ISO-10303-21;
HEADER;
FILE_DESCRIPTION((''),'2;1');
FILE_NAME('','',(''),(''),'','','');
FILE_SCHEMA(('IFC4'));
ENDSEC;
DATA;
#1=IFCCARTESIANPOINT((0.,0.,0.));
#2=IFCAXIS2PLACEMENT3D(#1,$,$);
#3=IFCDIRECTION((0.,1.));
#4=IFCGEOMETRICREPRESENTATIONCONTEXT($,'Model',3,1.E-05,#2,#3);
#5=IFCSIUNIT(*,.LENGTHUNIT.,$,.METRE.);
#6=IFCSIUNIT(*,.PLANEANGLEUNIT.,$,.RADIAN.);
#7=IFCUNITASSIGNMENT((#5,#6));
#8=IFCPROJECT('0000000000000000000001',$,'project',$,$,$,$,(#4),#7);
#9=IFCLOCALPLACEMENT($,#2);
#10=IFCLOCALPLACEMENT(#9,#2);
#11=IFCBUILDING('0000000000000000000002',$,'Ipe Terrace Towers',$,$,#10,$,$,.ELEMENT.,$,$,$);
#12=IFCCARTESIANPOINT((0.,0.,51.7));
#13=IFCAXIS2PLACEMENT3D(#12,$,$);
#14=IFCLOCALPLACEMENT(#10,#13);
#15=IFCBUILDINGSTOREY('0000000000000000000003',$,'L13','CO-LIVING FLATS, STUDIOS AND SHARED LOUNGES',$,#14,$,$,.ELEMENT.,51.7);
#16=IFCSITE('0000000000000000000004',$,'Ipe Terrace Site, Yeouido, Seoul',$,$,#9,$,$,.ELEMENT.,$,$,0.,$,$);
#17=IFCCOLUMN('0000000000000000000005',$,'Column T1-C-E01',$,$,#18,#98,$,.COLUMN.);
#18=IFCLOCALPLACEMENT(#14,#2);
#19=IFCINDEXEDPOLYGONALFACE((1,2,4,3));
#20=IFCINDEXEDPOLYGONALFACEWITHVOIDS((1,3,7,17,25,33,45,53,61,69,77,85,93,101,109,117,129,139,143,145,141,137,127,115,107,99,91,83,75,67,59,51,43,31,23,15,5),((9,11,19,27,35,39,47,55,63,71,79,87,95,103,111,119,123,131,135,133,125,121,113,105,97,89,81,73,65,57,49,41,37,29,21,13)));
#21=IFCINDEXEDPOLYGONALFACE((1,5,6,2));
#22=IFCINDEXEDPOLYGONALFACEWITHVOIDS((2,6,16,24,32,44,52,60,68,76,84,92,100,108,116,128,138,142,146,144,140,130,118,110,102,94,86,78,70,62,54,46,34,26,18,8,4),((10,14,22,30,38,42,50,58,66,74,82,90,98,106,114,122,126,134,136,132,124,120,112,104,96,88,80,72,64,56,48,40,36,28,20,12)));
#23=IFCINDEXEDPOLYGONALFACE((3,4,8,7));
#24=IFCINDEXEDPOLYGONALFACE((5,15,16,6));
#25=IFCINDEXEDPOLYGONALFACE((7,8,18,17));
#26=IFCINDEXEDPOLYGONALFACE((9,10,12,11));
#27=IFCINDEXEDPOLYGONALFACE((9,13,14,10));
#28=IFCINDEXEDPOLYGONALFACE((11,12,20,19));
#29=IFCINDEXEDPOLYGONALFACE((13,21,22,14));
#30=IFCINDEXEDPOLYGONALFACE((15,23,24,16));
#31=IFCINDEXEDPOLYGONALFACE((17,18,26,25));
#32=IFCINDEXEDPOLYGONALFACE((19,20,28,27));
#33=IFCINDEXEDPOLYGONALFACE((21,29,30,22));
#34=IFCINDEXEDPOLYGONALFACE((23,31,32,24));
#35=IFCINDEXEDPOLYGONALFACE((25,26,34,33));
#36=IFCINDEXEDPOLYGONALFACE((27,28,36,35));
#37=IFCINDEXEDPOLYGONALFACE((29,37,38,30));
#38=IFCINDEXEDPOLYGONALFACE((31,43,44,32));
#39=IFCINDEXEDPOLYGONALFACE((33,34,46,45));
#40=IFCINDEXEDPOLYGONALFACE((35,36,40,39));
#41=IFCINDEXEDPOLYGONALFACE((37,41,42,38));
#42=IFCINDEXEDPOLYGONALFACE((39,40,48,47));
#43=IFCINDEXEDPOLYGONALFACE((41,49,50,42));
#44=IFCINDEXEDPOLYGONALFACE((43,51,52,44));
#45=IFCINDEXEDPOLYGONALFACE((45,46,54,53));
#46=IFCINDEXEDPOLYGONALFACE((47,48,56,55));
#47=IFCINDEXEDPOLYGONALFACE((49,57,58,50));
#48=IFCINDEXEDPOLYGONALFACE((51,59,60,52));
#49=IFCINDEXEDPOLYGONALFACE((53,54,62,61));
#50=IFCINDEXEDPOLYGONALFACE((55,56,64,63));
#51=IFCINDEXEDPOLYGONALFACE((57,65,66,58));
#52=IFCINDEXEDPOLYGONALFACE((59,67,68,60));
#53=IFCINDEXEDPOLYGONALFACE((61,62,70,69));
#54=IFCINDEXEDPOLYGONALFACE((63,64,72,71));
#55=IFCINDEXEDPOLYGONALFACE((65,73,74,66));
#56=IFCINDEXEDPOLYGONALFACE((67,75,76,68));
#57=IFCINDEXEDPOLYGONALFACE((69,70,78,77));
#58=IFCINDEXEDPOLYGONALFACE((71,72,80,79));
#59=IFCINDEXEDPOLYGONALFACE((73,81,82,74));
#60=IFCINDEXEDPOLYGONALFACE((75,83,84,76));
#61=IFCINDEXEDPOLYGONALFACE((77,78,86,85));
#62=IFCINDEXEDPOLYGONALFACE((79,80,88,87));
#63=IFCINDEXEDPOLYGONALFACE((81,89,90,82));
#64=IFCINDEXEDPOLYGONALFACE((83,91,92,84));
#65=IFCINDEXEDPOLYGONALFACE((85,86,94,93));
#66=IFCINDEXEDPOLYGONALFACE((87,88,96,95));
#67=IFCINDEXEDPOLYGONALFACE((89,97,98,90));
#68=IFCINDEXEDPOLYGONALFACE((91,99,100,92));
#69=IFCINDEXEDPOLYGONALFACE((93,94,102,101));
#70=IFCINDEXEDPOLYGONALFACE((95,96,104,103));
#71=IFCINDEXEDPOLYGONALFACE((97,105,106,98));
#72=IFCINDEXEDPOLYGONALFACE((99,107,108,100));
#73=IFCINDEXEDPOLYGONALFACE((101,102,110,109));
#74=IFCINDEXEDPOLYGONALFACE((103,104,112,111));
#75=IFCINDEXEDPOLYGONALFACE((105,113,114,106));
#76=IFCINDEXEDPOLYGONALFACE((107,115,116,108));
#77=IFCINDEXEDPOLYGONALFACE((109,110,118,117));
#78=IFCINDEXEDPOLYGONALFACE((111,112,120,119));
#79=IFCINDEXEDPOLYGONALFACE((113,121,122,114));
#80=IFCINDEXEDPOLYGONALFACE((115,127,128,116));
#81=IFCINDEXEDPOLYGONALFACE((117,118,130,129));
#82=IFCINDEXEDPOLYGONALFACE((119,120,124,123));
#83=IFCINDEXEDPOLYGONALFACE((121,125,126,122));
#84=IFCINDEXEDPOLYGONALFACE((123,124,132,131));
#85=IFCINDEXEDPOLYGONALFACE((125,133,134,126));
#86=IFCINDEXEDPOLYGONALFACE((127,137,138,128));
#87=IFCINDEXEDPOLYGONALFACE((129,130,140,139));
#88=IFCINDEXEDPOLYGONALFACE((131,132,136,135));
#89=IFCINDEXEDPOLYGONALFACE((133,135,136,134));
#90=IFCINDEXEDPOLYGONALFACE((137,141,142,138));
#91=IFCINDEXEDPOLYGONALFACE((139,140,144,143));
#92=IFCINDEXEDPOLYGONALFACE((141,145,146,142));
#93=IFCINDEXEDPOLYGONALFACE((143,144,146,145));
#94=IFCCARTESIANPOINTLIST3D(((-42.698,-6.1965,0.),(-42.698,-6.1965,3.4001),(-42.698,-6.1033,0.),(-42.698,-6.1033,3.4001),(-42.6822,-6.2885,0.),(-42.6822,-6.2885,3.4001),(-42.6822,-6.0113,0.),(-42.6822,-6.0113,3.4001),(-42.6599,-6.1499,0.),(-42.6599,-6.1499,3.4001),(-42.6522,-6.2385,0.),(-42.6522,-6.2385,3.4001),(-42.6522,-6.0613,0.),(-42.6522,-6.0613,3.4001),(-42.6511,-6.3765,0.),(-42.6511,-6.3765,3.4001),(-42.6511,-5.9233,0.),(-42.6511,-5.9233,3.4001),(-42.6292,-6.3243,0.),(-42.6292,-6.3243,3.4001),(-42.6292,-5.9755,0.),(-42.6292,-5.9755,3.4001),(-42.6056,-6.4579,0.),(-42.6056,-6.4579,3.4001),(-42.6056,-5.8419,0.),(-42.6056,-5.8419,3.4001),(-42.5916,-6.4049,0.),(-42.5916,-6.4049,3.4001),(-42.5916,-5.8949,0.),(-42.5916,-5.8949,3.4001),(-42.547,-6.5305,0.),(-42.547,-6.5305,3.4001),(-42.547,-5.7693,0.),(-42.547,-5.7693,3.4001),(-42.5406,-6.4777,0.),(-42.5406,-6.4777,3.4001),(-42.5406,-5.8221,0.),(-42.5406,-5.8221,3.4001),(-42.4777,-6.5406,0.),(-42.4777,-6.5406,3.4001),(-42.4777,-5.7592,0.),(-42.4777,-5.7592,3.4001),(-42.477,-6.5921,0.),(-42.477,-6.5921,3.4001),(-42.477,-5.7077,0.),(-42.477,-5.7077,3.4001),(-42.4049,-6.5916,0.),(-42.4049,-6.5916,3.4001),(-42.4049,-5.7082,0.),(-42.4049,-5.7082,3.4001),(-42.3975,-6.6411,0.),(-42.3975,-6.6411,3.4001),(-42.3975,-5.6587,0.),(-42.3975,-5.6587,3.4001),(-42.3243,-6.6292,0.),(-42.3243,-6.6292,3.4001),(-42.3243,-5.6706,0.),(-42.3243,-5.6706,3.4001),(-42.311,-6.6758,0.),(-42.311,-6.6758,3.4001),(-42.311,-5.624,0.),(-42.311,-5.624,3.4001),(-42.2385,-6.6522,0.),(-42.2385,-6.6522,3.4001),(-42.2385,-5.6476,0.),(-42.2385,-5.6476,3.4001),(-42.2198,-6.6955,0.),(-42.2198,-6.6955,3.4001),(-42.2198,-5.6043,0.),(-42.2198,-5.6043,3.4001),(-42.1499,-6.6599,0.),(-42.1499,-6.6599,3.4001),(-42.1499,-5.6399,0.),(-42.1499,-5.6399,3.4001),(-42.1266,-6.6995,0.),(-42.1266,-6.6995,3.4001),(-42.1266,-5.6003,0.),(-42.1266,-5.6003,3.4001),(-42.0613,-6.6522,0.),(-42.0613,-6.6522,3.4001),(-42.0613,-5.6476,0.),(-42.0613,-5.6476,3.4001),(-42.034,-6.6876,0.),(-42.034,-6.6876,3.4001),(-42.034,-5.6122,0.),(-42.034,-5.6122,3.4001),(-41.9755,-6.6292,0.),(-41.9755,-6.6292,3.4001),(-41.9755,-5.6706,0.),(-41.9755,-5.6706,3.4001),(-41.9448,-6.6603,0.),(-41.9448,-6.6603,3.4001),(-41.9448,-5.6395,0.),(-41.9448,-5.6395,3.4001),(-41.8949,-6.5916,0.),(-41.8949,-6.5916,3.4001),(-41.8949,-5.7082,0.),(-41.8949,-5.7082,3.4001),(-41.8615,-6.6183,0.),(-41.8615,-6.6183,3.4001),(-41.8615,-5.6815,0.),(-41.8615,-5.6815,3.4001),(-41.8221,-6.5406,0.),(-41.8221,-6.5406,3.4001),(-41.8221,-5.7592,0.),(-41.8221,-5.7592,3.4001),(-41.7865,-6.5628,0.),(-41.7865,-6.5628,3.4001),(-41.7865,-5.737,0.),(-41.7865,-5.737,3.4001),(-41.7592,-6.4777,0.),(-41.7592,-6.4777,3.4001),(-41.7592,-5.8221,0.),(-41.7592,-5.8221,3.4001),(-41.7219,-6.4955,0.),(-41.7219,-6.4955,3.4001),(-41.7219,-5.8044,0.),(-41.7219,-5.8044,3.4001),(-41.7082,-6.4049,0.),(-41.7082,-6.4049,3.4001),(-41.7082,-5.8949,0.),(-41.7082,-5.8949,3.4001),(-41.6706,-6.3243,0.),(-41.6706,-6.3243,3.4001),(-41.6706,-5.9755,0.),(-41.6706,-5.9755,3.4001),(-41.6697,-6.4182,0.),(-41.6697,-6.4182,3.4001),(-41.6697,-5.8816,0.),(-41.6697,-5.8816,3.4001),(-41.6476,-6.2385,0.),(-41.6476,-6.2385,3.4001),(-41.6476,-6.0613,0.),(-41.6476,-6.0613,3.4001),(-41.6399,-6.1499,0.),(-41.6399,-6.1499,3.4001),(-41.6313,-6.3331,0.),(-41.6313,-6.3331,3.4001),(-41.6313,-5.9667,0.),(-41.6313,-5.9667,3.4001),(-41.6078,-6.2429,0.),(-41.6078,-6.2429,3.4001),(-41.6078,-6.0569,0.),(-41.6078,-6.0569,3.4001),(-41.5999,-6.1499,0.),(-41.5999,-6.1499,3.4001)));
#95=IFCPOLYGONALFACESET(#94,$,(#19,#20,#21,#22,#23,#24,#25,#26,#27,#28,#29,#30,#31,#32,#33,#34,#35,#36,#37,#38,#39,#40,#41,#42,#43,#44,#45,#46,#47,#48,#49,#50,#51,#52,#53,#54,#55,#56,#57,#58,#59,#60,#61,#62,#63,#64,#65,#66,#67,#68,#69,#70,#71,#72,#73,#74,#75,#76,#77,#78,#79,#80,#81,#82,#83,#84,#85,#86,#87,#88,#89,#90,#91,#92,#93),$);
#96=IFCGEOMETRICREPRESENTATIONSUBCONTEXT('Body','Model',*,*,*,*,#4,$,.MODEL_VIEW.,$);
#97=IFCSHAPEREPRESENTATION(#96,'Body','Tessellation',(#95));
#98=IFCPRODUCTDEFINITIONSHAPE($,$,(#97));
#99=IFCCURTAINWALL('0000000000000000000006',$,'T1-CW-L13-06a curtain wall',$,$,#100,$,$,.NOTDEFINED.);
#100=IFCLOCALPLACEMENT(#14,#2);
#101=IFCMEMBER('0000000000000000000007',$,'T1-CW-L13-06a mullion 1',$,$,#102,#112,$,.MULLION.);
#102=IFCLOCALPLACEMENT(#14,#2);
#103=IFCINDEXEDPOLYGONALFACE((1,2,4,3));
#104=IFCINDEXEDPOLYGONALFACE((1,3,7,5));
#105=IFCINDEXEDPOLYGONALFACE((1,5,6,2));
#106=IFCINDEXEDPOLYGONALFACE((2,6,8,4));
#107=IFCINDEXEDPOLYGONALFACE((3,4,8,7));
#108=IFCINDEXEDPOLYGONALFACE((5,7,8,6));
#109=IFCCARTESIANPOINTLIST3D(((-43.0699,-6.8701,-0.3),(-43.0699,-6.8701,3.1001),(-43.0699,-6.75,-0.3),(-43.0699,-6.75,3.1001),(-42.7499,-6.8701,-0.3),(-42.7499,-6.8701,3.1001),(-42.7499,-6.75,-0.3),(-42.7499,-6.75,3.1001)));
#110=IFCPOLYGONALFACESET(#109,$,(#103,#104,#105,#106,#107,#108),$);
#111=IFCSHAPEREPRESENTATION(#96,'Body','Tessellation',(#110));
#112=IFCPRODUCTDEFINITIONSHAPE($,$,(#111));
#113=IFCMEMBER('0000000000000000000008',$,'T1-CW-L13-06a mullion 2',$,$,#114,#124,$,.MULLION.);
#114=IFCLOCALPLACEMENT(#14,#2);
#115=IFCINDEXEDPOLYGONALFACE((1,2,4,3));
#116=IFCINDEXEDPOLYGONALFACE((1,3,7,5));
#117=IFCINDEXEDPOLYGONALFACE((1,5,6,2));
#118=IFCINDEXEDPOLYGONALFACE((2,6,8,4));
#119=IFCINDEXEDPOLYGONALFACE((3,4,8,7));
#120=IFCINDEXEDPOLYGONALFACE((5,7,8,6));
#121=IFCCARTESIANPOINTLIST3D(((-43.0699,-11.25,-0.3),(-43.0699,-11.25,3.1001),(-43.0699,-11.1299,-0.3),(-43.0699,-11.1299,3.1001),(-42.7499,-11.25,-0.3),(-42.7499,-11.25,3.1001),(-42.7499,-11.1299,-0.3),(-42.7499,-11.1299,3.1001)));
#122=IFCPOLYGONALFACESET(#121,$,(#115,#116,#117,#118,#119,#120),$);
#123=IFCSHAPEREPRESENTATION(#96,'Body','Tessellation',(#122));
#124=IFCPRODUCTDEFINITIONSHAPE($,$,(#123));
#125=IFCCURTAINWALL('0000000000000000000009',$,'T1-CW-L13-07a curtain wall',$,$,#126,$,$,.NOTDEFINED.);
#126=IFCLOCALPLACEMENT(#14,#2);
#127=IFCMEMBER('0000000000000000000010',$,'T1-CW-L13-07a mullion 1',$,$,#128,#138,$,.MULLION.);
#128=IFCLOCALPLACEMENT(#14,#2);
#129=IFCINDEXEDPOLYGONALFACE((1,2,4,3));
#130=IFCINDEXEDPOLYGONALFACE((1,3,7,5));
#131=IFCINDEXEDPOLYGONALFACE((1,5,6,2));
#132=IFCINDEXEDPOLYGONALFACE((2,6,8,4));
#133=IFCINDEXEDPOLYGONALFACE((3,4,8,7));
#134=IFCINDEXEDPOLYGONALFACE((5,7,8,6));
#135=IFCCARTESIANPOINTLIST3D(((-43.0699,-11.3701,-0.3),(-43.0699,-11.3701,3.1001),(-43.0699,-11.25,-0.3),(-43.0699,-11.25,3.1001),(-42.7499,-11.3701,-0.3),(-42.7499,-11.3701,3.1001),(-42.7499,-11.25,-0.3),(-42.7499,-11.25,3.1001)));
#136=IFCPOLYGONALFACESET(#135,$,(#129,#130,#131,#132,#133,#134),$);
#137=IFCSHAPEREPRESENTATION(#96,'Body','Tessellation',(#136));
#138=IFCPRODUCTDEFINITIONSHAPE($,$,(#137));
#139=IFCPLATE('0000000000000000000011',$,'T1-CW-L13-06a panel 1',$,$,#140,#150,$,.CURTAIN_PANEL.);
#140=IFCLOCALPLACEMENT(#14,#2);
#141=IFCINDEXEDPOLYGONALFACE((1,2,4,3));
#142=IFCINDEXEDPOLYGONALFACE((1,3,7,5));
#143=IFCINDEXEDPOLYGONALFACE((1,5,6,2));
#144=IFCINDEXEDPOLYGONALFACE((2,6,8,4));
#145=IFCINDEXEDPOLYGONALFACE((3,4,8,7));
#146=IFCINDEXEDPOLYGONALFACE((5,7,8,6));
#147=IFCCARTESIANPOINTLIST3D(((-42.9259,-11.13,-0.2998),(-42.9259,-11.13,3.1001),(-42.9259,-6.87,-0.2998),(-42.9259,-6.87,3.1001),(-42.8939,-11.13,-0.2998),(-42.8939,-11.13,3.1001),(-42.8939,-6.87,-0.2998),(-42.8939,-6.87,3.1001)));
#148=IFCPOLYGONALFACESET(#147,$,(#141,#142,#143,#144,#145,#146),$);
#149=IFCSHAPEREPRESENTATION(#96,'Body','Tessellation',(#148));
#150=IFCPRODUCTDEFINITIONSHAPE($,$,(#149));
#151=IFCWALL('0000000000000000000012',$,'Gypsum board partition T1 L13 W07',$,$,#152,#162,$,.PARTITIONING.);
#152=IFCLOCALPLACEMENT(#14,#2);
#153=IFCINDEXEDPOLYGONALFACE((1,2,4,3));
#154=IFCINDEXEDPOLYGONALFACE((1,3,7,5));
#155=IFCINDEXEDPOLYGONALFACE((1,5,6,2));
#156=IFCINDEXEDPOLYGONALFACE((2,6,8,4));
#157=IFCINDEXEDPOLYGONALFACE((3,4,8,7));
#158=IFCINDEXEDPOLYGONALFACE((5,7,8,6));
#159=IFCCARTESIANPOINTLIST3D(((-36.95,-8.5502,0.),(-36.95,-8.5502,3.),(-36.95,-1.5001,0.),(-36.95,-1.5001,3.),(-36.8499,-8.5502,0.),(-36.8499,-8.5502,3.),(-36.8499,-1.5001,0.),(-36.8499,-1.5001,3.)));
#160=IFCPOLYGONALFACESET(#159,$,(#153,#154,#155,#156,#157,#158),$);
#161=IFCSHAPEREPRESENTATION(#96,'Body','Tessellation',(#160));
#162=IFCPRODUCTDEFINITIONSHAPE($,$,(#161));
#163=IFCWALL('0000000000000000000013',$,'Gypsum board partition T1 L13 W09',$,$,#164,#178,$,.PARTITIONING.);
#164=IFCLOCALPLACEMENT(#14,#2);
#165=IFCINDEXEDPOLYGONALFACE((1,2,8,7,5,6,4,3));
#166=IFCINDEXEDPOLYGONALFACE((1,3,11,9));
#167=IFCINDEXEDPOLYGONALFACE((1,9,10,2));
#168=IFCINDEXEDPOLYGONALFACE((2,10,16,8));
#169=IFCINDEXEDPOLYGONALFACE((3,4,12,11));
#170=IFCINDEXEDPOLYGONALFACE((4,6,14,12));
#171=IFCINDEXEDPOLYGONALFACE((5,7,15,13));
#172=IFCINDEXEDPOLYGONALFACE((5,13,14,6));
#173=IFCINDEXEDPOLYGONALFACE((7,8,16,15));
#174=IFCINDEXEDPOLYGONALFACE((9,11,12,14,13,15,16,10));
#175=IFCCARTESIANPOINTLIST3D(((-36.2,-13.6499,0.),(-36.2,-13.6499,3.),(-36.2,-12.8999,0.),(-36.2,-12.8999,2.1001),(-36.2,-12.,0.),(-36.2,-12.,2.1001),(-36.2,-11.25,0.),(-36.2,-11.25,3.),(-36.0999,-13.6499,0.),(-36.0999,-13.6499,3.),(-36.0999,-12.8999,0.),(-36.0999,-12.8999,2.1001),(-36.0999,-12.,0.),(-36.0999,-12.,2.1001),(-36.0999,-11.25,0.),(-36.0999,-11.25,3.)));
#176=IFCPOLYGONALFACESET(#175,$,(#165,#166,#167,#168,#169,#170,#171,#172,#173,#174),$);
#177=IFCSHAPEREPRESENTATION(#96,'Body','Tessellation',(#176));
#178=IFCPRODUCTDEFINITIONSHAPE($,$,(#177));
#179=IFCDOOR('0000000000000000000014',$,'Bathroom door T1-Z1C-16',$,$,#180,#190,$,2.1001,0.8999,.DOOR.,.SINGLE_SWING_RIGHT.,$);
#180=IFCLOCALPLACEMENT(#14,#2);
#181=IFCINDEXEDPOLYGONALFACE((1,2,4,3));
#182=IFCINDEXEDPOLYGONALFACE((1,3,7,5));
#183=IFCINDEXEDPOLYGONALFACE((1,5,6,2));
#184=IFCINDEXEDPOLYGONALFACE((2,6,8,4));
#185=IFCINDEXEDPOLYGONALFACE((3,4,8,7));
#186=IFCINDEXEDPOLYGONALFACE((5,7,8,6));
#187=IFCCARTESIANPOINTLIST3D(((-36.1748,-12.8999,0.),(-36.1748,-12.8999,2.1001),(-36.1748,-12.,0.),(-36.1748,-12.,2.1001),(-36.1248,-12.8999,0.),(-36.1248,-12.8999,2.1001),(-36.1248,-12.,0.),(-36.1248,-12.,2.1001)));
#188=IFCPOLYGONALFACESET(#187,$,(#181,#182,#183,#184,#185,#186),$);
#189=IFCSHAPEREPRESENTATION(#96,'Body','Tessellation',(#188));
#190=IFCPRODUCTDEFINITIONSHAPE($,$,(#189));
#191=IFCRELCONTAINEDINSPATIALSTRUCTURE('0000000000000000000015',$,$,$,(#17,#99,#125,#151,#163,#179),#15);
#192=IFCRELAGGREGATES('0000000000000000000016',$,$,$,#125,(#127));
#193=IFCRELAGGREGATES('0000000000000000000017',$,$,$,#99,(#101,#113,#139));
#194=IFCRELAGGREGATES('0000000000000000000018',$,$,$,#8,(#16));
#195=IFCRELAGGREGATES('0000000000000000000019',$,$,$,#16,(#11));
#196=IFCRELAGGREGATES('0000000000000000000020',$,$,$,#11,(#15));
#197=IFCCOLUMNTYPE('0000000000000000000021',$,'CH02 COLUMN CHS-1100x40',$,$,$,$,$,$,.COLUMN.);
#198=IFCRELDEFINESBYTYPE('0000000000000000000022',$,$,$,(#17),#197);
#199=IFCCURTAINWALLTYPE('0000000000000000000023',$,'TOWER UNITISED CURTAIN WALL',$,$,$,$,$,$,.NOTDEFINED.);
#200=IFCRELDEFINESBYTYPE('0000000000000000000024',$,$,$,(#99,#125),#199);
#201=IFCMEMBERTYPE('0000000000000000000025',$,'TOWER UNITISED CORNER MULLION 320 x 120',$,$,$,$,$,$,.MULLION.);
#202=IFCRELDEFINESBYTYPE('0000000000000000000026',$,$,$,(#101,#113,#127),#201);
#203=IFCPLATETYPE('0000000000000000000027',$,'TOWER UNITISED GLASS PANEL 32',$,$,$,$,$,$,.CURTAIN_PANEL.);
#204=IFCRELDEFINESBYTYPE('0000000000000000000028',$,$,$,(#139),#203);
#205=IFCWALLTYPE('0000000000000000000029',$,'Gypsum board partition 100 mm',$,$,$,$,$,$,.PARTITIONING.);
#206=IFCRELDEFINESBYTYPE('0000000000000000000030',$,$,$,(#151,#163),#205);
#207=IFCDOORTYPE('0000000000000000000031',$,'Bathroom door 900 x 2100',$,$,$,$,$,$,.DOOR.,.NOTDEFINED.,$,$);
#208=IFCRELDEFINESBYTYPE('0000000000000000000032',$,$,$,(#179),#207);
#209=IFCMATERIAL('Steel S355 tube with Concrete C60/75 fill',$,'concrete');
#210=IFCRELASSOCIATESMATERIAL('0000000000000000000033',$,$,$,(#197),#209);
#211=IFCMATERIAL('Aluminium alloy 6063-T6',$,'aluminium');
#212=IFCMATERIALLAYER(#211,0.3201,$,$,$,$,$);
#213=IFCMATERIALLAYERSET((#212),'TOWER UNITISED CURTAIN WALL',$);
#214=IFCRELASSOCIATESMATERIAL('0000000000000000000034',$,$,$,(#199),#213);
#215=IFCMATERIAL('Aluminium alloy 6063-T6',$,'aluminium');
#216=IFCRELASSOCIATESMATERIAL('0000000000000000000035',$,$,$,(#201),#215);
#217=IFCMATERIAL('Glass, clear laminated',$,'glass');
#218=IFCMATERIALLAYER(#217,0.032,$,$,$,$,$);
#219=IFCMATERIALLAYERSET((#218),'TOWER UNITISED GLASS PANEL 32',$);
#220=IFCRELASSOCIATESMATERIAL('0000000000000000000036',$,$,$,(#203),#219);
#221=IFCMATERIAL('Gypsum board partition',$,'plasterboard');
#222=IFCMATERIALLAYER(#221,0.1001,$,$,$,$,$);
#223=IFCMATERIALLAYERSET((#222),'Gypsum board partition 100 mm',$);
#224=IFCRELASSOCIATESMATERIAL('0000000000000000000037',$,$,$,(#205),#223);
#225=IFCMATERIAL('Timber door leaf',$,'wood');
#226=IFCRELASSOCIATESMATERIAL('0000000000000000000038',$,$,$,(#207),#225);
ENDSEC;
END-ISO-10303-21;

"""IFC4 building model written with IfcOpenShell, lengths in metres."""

from ifc_helpers import new_model, si_unit, direction, frame, frame_2d, origin, origin_2d, place, context, subcontext, project, spatial, rectangle, hollow_circle, extrude, material, layer, layer_set, material_profile, profile_set, type_object, element, fill, aggregate, save


model = new_model("IFC4")

# Units and contexts
model_context = context("Model", 3, precision=1e-05, world=origin(), true_north=direction((0.0, 1.0)))
body_context = subcontext(model_context, "Body", "Model", "MODEL_VIEW")
ifc_project = project(units=[si_unit("LENGTHUNIT", "METRE"), si_unit("PLANEANGLEUNIT", "RADIAN")], contexts=[model_context])

# Site, building, storey
site_placement = place(None, origin())
site = spatial("IfcSite", under=ifc_project, at=site_placement, Name="Ipe Terrace Site, Yeouido, Seoul", CompositionType="ELEMENT", RefElevation=0.0)
building_placement = place(site_placement, origin())
building = spatial("IfcBuilding", under=site, at=building_placement, Name="Ipe Terrace Towers", CompositionType="ELEMENT")
storey_placement = place(building_placement, frame((0.0, 0.0, 51.7)))
storey = spatial("IfcBuildingStorey", under=building, at=storey_placement, Name="L13", Description="CO-LIVING FLATS, STUDIOS AND SHARED LOUNGES", CompositionType="ELEMENT", Elevation=51.7)

# Column
ifc_material_1 = material(Name="Steel S355 tube with Concrete C60/75 fill", Category="concrete")
ifc_material_profile_1 = material_profile(ifc_material_1, hollow_circle(Radius=0.55, WallThickness=0.04, at=origin_2d()), Name="CHS-1100x40")
ifc_profile_set_1 = profile_set([ifc_material_profile_1], Name="Steel S355 tube with Concrete C60/75 fill")
column_type = type_object("IfcColumnType", Name="CH02 COLUMN CHS-1100x40", PredefinedType="COLUMN", material=ifc_profile_set_1)
column_placement = place(storey_placement, frame((-42.1499, -6.1499, 0.0), z_axis=(0.0, 0.0, 1.0), x_axis=(1.0, 0.0, 0.0)))
element("IfcColumn", 1, at=column_placement, inside=storey, type_object=column_type, Name="Column T1-C-E01", PredefinedType="COLUMN", context=body_context, shape_type="SweptSolid", body=[
    extrude(hollow_circle(Radius=0.55, WallThickness=0.04, at=origin_2d()), origin(), (0.0, 0.0, 1.0), 3.4001),
])

# Curtain wall, members
ifc_material_2 = material(Name="Aluminium alloy 6063-T6", Category="aluminium")
ifc_layer_1 = layer(ifc_material_2, 0.3201)
ifc_layer_set_1 = layer_set([ifc_layer_1], Name="TOWER UNITISED CURTAIN WALL")
curtain_wall_type = type_object("IfcCurtainWallType", Name="TOWER UNITISED CURTAIN WALL", PredefinedType="NOTDEFINED", material=ifc_layer_set_1)
curtain_wall_1_placement = place(storey_placement, origin())
curtain_wall_1 = element("IfcCurtainWall", 2, at=curtain_wall_1_placement, inside=storey, type_object=curtain_wall_type, Name="T1-CW-L13-06a curtain wall", PredefinedType="NOTDEFINED")
ifc_material_3 = material(Name="Aluminium alloy 6063-T6", Category="aluminium")
ifc_material_profile_2 = material_profile(ifc_material_3, rectangle(XDim=0.3201, YDim=0.1201, at=origin_2d()), Name="TOWER UNITISED CORNER MULLION 320 x 120")
ifc_profile_set_2 = profile_set([ifc_material_profile_2], Name="Aluminium alloy 6063-T6")
member_type = type_object("IfcMemberType", Name="TOWER UNITISED CORNER MULLION 320 x 120", PredefinedType="MULLION", material=ifc_profile_set_2)
member_1_placement = place(storey_placement, frame((-42.9099, -6.8101, -0.3), z_axis=(0.0, 0.0, 1.0), x_axis=(-1.0, 0.0, 0.0)))
member_1 = element("IfcMember", 3, at=member_1_placement, type_object=member_type, Name="T1-CW-L13-06a mullion 1", PredefinedType="MULLION", context=body_context, shape_type="SweptSolid", body=[
    extrude(rectangle(XDim=0.3201, YDim=0.1201, at=origin_2d()), origin(), (0.0, 0.0, 1.0), 3.4001),
])
member_2_placement = place(storey_placement, frame((-42.9099, -11.1899, -0.3), z_axis=(0.0, 0.0, 1.0), x_axis=(-1.0, 0.0, 0.0)))
member_2 = element("IfcMember", 4, at=member_2_placement, type_object=member_type, Name="T1-CW-L13-06a mullion 2", PredefinedType="MULLION", context=body_context, shape_type="SweptSolid", body=[
    extrude(rectangle(XDim=0.3201, YDim=0.1201, at=origin_2d()), origin(), (0.0, 0.0, 1.0), 3.4001),
])

# Curtain wall, member
curtain_wall_2_placement = place(storey_placement, origin())
curtain_wall_2 = element("IfcCurtainWall", 5, at=curtain_wall_2_placement, inside=storey, type_object=curtain_wall_type, Name="T1-CW-L13-07a curtain wall", PredefinedType="NOTDEFINED")
member_3_placement = place(storey_placement, frame((-42.9099, -11.3101, -0.3), z_axis=(0.0, 0.0, 1.0), x_axis=(-1.0, 0.0, 0.0)))
member_3 = element("IfcMember", 6, at=member_3_placement, type_object=member_type, Name="T1-CW-L13-07a mullion 1", PredefinedType="MULLION", context=body_context, shape_type="SweptSolid", body=[
    extrude(rectangle(XDim=0.3201, YDim=0.1201, at=origin_2d()), origin(), (0.0, 0.0, 1.0), 3.4001),
])
aggregate(curtain_wall_2, [member_3])

# Plate
ifc_material_4 = material(Name="Glass, clear laminated", Category="glass")
ifc_layer_2 = layer(ifc_material_4, 0.032)
ifc_layer_set_2 = layer_set([ifc_layer_2], Name="TOWER UNITISED GLASS PANEL 32")
plate_type = type_object("IfcPlateType", Name="TOWER UNITISED GLASS PANEL 32", PredefinedType="CURTAIN_PANEL", material=ifc_layer_set_2)
plate_placement = place(storey_placement, frame((-42.9099, -9.0, -0.2998), z_axis=(0.0, 0.0, 1.0), x_axis=(0.0, -1.0, 0.0)))
plate = element("IfcPlate", 7, at=plate_placement, type_object=plate_type, Name="T1-CW-L13-06a panel 1", PredefinedType="CURTAIN_PANEL", context=body_context, shape_type="SweptSolid", body=[
    extrude(rectangle(XDim=4.26, YDim=0.032, at=origin_2d()), origin(), (0.0, 0.0, 1.0), 3.3999),
])
aggregate(curtain_wall_1, [member_1, member_2, plate])

# Wall
ifc_material_5 = material(Name="Gypsum board partition", Category="plasterboard")
ifc_layer_3 = layer(ifc_material_5, 0.1001)
ifc_layer_set_3 = layer_set([ifc_layer_3], Name="Gypsum board partition 100 mm")
wall_type_1 = type_object("IfcWallType", Name="Gypsum board partition 100 mm", PredefinedType="PARTITIONING", material=ifc_layer_set_3)
wall_1_placement = place(storey_placement, frame((-36.8999, -8.55, 0.0), z_axis=(0.0, 0.0, 1.0), x_axis=(0.0, 1.0, 0.0)))
element("IfcWall", 8, at=wall_1_placement, inside=storey, type_object=wall_type_1, Name="Gypsum board partition T1 L13 W07", PredefinedType="PARTITIONING", context=body_context, shape_type="SweptSolid", body=[
    extrude(rectangle(XDim=7.05, YDim=0.1001, at=frame_2d((3.5249, 0.0))), origin(), (0.0, 0.0, 1.0), 3.0),
])

# Wall, opening, door
wall_2_placement = place(storey_placement, frame((-36.1499, -13.6499, 0.0), z_axis=(0.0, 0.0, 1.0), x_axis=(0.0, 1.0, 0.0)))
wall_2 = element("IfcWall", 9, at=wall_2_placement, inside=storey, type_object=wall_type_1, Name="Gypsum board partition T1 L13 W09", PredefinedType="PARTITIONING", context=body_context, shape_type="SweptSolid", body=[
    extrude(rectangle(XDim=2.3999, YDim=0.1001, at=frame_2d((1.2, 0.0))), origin(), (0.0, 0.0, 1.0), 3.0),
])
opening_1_placement = place(wall_2_placement, frame((0.75, 0.0, 0.0)))
opening_1 = element("IfcOpeningElement", 10, at=opening_1_placement, cuts=wall_2, PredefinedType="OPENING", context=body_context, shape_type="SweptSolid", body=[
    extrude(rectangle(XDim=0.8999, YDim=2.1001, at=frame_2d((0.45, 1.05))), frame((0.0, 0.0601, 0.0), z_axis=(0.0, -1.0, 0.0), x_axis=(1.0, 0.0, 0.0)), (0.0, 0.0, 1.0), 0.1201),
])
ifc_material_6 = material(Name="Timber door leaf", Category="wood")
door_type_1 = type_object("IfcDoorType", Name="Bathroom door 900 x 2100", OperationType="NOTDEFINED", PredefinedType="DOOR", material=ifc_material_6)
door_1_placement = place(opening_1_placement, origin())
door_1 = element("IfcDoor", 11, at=door_1_placement, inside=storey, type_object=door_type_1, Name="Bathroom door T1-Z1C-16", OperationType="SINGLE_SWING_RIGHT", OverallHeight=2.1001, OverallWidth=0.8999, PredefinedType="DOOR", context=body_context, shape_type="SweptSolid", body=[
    extrude(rectangle(XDim=0.8999, YDim=2.1001, at=frame_2d((0.45, 1.05))), frame((0.0, 0.0249, 0.0), z_axis=(0.0, -1.0, 0.0), x_axis=(1.0, 0.0, 0.0)), (0.0, 0.0, 1.0), 0.05),
])
fill(opening_1, door_1)

save(model, "model.ifc")
